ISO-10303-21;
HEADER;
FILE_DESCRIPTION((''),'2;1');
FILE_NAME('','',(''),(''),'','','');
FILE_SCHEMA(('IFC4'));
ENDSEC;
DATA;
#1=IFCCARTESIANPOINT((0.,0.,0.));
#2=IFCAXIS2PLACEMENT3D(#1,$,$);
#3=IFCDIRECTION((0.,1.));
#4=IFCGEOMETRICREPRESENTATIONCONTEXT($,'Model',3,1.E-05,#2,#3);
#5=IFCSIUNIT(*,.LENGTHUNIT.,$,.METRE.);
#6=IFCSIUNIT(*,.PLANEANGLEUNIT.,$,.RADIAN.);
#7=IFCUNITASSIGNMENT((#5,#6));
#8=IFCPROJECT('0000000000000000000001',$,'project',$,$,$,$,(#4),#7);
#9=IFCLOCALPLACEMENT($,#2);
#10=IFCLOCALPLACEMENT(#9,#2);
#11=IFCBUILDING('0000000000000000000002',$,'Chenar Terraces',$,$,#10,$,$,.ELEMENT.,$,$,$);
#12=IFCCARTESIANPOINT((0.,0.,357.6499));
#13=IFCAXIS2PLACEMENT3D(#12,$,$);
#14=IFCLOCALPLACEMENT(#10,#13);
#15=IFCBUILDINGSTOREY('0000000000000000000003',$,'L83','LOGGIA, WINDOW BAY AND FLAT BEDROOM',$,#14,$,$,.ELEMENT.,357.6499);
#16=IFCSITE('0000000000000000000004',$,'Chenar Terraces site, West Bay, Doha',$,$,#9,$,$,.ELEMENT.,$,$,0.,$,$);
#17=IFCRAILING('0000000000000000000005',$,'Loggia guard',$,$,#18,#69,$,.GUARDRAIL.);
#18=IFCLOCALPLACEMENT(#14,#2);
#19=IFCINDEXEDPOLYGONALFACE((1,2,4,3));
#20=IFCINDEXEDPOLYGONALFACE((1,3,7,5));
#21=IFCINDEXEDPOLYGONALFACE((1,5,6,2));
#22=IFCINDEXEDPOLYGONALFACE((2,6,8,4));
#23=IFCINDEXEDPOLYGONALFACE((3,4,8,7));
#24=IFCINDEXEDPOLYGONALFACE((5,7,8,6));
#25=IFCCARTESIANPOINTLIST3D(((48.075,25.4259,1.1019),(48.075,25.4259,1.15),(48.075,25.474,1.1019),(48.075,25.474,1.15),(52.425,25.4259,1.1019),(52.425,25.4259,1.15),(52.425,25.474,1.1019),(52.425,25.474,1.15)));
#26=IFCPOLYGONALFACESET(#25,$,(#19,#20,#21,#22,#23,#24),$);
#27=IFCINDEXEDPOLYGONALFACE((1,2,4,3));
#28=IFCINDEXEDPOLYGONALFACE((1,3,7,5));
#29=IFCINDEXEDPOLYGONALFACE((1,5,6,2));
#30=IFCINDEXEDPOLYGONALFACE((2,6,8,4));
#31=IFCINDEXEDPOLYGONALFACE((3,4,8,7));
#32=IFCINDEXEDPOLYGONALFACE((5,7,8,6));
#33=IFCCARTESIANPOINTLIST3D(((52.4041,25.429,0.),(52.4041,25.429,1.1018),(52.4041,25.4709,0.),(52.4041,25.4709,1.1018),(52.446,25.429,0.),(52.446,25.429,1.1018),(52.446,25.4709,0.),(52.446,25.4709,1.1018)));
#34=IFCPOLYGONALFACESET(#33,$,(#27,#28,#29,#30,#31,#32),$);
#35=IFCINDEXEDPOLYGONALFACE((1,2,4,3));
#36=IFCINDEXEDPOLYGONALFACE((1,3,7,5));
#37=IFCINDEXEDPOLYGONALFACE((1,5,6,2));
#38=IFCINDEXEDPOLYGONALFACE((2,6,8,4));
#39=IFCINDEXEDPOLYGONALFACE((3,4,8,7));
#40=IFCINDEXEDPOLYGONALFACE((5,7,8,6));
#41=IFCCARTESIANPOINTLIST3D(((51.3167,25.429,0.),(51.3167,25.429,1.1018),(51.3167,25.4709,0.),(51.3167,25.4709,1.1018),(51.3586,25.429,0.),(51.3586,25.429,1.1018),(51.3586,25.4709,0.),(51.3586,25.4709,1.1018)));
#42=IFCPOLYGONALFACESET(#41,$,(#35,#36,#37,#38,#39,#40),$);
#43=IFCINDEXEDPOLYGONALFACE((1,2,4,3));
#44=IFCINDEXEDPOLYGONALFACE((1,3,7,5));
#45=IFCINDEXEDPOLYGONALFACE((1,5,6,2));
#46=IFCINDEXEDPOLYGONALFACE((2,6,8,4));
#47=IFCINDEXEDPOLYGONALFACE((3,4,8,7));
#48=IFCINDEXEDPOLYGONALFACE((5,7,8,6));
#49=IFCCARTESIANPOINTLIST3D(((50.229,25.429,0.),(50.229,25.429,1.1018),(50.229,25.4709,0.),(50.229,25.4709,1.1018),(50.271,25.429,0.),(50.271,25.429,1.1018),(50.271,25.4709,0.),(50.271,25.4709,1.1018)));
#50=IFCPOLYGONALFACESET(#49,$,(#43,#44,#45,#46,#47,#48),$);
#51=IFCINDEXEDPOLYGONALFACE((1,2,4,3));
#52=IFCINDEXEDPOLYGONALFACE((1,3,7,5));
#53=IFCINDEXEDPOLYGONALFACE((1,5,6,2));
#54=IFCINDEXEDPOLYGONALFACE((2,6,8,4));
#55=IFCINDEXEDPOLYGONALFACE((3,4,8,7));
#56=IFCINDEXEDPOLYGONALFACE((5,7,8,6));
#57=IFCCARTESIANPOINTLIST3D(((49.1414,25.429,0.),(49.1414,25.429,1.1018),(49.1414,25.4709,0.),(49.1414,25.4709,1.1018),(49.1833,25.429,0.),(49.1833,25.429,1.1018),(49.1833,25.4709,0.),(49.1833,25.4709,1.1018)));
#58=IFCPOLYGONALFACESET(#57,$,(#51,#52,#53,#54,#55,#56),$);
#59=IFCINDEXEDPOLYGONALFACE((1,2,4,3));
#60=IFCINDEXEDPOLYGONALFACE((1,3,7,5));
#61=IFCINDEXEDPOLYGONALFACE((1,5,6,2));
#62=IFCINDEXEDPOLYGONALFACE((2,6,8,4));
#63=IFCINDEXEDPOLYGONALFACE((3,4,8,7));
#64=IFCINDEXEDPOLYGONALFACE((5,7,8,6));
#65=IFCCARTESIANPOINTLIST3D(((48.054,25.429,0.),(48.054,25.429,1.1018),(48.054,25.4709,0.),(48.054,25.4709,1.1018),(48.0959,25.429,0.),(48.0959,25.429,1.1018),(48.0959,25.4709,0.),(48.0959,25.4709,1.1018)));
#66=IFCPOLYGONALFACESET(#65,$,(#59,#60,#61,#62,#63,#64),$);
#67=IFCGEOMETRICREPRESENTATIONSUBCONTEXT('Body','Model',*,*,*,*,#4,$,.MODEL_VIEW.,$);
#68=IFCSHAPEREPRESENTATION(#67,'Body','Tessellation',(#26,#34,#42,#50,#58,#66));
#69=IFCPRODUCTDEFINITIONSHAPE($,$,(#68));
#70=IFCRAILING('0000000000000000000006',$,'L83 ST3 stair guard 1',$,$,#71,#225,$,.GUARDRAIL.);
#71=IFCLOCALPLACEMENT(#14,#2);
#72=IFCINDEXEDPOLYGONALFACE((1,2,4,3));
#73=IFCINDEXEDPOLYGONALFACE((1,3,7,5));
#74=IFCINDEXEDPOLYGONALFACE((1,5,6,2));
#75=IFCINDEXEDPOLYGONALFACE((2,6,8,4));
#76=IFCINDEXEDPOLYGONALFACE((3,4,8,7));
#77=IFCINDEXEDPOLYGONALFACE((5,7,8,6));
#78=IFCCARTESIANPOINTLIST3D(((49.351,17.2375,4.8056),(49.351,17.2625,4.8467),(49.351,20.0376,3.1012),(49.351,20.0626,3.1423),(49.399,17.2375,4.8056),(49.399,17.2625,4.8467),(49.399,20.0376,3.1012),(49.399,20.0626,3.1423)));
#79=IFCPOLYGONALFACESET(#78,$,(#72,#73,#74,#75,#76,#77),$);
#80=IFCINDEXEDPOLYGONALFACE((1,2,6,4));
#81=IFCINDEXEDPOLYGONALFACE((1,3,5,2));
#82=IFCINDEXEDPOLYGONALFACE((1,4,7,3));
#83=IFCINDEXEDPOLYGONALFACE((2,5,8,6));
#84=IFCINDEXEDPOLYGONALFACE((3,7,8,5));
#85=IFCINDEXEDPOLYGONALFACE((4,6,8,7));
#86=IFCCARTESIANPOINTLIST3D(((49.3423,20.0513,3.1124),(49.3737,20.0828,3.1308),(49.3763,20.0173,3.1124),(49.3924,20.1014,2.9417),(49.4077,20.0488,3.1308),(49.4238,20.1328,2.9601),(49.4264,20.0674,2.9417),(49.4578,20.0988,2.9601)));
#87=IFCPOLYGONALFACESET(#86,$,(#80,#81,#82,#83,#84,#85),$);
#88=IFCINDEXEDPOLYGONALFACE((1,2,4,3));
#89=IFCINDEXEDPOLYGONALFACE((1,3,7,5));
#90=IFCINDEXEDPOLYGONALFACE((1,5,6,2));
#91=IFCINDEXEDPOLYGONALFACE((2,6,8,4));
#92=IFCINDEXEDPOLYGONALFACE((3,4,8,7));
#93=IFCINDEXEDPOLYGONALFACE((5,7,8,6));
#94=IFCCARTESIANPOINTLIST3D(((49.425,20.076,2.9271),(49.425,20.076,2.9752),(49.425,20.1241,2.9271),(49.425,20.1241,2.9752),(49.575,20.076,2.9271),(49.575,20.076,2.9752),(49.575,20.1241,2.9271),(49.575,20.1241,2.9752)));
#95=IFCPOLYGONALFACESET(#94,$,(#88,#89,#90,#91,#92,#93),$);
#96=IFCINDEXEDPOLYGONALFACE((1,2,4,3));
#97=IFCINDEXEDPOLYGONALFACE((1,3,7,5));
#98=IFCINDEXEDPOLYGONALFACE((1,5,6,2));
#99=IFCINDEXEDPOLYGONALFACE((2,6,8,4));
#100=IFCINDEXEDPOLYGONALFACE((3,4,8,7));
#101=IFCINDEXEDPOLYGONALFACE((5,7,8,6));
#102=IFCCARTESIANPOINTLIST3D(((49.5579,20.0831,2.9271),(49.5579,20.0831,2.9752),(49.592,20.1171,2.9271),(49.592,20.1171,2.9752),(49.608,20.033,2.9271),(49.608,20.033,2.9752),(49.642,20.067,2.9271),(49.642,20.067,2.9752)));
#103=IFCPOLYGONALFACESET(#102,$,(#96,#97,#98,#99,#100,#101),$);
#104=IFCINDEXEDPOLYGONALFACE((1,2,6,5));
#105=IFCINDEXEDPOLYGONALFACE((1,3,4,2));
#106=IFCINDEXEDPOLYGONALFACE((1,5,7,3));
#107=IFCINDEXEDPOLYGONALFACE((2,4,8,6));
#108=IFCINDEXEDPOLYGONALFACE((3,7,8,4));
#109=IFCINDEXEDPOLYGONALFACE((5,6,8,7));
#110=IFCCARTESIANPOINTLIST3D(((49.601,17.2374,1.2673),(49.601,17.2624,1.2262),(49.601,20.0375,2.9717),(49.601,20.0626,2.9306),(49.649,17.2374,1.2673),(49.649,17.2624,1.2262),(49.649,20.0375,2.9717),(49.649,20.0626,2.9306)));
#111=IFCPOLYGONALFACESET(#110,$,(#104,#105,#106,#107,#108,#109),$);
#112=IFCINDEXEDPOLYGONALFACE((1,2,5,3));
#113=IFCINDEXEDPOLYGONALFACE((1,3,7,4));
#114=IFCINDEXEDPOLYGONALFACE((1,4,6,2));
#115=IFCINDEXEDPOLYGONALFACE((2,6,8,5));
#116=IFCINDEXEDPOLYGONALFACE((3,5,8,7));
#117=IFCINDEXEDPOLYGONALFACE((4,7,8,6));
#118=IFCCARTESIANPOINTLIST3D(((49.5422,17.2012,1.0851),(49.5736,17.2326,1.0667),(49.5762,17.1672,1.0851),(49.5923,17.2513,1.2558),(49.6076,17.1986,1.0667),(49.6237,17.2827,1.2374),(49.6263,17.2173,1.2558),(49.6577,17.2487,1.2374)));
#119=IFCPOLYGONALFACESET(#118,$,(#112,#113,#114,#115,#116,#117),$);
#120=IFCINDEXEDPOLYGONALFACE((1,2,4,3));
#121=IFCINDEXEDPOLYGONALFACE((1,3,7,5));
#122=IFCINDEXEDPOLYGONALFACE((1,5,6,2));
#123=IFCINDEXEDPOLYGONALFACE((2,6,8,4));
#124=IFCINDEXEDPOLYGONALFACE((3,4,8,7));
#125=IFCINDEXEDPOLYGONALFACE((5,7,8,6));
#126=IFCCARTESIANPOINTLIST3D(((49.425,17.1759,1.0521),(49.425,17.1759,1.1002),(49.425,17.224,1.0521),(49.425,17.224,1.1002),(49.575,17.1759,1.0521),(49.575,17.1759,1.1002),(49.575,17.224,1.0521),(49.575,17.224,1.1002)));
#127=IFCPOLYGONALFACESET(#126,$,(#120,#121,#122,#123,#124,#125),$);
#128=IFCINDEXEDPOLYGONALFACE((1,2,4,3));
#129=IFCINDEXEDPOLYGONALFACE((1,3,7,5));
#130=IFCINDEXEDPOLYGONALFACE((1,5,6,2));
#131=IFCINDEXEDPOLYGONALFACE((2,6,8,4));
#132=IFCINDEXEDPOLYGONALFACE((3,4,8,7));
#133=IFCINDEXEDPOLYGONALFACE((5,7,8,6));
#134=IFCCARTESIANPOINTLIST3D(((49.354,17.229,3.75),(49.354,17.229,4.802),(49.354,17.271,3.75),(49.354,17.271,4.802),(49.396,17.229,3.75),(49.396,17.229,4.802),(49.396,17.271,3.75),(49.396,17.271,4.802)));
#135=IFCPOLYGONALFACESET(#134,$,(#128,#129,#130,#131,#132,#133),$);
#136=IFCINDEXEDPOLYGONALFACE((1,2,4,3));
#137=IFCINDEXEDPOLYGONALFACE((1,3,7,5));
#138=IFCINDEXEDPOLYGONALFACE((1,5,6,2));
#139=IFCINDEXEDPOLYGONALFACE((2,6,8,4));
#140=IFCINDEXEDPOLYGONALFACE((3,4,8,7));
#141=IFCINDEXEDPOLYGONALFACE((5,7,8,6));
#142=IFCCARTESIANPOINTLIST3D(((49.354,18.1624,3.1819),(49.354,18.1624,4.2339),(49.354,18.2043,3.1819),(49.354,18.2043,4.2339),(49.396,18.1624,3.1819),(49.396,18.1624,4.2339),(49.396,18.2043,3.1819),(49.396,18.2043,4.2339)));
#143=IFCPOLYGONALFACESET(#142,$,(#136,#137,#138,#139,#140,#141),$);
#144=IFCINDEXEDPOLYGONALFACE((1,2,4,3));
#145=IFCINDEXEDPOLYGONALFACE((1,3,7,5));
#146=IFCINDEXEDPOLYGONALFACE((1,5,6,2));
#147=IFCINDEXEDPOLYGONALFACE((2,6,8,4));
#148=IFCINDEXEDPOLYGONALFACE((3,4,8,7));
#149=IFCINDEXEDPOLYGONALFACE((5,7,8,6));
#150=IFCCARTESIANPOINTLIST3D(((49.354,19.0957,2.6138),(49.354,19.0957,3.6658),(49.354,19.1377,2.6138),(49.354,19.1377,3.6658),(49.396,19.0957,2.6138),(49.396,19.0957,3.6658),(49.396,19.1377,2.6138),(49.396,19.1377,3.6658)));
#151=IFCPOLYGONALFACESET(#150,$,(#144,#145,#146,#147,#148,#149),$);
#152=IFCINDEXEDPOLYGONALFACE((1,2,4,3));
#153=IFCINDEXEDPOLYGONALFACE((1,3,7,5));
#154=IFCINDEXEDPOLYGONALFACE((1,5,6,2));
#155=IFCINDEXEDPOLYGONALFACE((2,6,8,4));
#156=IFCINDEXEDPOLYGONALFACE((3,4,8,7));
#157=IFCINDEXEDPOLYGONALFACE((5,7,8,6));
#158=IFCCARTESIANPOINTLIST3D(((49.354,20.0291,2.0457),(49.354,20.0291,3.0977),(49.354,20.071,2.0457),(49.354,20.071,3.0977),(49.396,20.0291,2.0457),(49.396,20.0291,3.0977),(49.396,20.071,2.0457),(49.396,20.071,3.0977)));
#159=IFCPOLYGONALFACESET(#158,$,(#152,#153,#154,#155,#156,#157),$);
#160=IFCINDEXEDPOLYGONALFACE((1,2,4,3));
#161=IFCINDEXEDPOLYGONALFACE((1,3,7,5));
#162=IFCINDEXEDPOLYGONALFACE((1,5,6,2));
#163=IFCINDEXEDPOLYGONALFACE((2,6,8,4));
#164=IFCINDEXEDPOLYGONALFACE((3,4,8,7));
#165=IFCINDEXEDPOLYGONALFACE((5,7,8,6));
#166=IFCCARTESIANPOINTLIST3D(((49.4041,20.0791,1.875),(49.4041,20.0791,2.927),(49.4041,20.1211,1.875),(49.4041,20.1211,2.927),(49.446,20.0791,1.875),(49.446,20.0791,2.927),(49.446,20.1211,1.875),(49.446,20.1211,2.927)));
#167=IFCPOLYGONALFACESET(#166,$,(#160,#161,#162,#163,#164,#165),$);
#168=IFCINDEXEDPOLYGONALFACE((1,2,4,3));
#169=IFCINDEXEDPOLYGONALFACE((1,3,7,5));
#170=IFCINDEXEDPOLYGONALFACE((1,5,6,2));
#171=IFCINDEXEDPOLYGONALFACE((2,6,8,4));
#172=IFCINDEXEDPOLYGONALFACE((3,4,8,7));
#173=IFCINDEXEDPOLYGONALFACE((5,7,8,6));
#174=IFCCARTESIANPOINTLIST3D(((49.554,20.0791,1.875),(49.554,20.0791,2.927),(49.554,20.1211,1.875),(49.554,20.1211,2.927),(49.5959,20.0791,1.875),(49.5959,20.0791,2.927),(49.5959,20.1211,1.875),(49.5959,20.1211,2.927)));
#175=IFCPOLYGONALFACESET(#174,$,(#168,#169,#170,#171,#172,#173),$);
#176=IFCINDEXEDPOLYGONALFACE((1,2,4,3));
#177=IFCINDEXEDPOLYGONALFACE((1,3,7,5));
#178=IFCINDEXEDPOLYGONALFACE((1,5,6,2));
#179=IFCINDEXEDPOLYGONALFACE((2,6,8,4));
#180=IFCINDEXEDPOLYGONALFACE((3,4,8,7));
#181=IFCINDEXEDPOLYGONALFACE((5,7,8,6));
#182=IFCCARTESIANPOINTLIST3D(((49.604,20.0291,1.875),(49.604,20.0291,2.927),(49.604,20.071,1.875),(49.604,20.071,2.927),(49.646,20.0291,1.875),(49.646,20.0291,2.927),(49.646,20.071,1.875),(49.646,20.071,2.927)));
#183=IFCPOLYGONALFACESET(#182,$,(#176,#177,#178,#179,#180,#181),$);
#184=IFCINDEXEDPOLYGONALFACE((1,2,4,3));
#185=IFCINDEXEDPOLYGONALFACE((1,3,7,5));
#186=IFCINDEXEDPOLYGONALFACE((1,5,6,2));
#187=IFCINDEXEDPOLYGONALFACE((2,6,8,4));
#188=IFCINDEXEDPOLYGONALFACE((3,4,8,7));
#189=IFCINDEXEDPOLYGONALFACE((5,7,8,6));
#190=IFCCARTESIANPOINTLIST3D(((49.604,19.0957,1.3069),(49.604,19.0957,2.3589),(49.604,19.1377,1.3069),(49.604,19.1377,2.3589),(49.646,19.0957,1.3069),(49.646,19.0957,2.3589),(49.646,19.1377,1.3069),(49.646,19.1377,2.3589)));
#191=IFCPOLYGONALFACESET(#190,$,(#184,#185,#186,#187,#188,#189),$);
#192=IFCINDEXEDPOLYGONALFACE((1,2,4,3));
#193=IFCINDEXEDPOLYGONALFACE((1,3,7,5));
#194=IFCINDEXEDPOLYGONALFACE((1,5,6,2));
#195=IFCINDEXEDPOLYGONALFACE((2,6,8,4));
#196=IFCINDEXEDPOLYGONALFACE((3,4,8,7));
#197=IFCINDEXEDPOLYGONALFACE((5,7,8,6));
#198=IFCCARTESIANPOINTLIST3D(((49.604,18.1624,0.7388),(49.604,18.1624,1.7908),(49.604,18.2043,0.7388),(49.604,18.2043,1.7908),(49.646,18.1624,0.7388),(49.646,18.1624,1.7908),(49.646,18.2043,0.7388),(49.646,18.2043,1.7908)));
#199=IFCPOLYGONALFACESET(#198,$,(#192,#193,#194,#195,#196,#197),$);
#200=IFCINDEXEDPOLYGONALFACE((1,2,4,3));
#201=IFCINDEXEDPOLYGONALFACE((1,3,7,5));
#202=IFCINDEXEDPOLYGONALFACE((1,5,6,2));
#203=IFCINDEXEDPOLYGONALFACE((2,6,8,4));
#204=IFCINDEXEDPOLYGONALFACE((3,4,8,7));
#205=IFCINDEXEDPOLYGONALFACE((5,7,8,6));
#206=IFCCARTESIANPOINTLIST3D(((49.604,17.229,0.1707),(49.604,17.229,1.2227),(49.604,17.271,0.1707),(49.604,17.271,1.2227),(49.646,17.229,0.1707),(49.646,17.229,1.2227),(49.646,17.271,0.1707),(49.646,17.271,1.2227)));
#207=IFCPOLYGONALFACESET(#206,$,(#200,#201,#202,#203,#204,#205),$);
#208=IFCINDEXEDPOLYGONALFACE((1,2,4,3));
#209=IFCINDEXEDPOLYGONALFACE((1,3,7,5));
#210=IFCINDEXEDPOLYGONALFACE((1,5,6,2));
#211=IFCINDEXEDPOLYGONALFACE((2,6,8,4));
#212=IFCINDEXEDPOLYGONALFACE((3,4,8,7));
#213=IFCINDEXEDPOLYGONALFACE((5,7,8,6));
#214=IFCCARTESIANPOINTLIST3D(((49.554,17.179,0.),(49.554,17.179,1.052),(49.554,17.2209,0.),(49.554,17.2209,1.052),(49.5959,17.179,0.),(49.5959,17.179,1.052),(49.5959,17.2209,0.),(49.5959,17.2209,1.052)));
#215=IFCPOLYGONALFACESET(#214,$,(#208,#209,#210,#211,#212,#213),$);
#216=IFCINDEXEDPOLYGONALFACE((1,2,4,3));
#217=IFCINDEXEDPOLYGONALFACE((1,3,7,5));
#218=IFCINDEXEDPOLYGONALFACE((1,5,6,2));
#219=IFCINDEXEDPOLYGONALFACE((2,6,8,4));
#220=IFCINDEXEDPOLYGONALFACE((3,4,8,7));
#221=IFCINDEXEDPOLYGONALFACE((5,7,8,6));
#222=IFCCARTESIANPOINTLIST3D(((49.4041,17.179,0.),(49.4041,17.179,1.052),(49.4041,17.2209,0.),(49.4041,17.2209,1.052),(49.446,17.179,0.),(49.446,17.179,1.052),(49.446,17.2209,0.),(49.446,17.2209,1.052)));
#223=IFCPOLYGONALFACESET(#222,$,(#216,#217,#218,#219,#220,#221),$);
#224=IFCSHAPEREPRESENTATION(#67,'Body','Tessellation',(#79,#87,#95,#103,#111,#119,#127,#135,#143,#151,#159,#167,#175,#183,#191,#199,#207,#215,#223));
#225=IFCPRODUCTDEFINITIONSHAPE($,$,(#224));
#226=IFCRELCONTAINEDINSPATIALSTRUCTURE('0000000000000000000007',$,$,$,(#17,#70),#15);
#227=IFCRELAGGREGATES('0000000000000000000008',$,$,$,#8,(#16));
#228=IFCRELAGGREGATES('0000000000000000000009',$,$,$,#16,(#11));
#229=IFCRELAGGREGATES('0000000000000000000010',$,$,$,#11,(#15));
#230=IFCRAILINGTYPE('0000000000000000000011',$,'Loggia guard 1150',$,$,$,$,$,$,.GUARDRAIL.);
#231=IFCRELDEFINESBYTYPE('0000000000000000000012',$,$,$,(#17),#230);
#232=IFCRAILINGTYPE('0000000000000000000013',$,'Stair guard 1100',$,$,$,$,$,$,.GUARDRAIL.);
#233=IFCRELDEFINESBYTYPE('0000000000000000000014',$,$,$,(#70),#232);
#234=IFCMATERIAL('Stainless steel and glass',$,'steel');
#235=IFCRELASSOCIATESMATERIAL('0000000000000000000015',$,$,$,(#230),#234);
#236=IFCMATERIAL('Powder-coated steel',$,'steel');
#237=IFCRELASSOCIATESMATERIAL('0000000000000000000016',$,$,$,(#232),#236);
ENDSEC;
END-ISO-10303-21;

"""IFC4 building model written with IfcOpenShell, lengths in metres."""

from ifc_helpers import new_model, si_unit, direction, frame, origin, origin_2d, place, context, subcontext, project, spatial, rectangle, extrude, material, type_object, element, save


model = new_model("IFC4")

# Units and contexts
model_context = context("Model", 3, precision=1e-05, world=origin(), true_north=direction((0.0, 1.0)))
body_context = subcontext(model_context, "Body", "Model", "MODEL_VIEW")
ifc_project = project(units=[si_unit("LENGTHUNIT", "METRE"), si_unit("PLANEANGLEUNIT", "RADIAN")], contexts=[model_context])

# Site, building, storey
site_placement = place(None, origin())
site = spatial("IfcSite", under=ifc_project, at=site_placement, Name="Chenar Terraces site, West Bay, Doha", CompositionType="ELEMENT", RefElevation=0.0)
building_placement = place(site_placement, origin())
building = spatial("IfcBuilding", under=site, at=building_placement, Name="Chenar Terraces", CompositionType="ELEMENT")
storey_placement = place(building_placement, frame((0.0, 0.0, 357.6499)))
storey = spatial("IfcBuildingStorey", under=building, at=storey_placement, Name="L83", Description="LOGGIA, WINDOW BAY AND FLAT BEDROOM", CompositionType="ELEMENT", Elevation=357.6499)

# Railings
ifc_material_1 = material(Name="Stainless steel and glass", Category="steel")
railing_type_1 = type_object("IfcRailingType", Name="Loggia guard 1150", PredefinedType="GUARDRAIL", material=ifc_material_1)
railing_1_placement = place(storey_placement, frame((52.425, 25.45, 0.0)))
element("IfcRailing", 1, at=railing_1_placement, inside=storey, type_object=railing_type_1, Name="Loggia guard", PredefinedType="GUARDRAIL", context=body_context, shape_type="SweptSolid", body=[
    extrude(rectangle(XDim=0.0481, YDim=0.0481, at=origin_2d()), frame((0.0, 0.0, 1.126), z_axis=(-1.0, 0.0, 0.0), x_axis=(0.0, -1.0, 0.0)), (0.0, 0.0, 1.0), 4.3501),
    extrude(rectangle(XDim=0.042, YDim=0.042, at=origin_2d()), origin(), (0.0, 0.0, 1.0), 1.1018),
    extrude(rectangle(XDim=0.042, YDim=0.042, at=origin_2d()), frame((-1.0874, 0.0, 0.0)), (0.0, 0.0, 1.0), 1.1018),
    extrude(rectangle(XDim=0.042, YDim=0.042, at=origin_2d()), frame((-2.175, 0.0, 0.0)), (0.0, 0.0, 1.0), 1.1018),
    extrude(rectangle(XDim=0.042, YDim=0.042, at=origin_2d()), frame((-3.2627, 0.0, 0.0)), (0.0, 0.0, 1.0), 1.1018),
    extrude(rectangle(XDim=0.042, YDim=0.042, at=origin_2d()), frame((-4.3501, 0.0, 0.0)), (0.0, 0.0, 1.0), 1.1018),
])
ifc_material_2 = material(Name="Powder-coated steel", Category="steel")
railing_type_2 = type_object("IfcRailingType", Name="Stair guard 1100", PredefinedType="GUARDRAIL", material=ifc_material_2)
railing_2_placement = place(storey_placement, frame((49.375, 17.25, 3.75)))
element("IfcRailing", 2, at=railing_2_placement, inside=storey, type_object=railing_type_2, Name="L83 ST3 stair guard 1", PredefinedType="GUARDRAIL", context=body_context, shape_type="SweptSolid", body=[
    extrude(rectangle(XDim=0.0481, YDim=0.0481, at=origin_2d()), frame((0.0, 0.0, 1.0762), z_axis=(0.0, 0.854203, -0.51994), x_axis=(-1.0, 0.0, 0.0)), (0.0, 0.0, 1.0), 3.2781),
    extrude(rectangle(XDim=0.0481, YDim=0.0481, at=origin_2d()), frame((0.0, 2.8, -0.6284), z_axis=(0.2709, 0.2709, -0.923703), x_axis=(-0.707107, 0.707107, 0.0)), (0.0, 0.0, 1.0), 0.1848),
    extrude(rectangle(XDim=0.0481, YDim=0.0481, at=origin_2d()), frame((0.05, 2.8501, -0.7988), z_axis=(1.0, 0.0, 0.0), x_axis=(0.0, 1.0, 0.0)), (0.0, 0.0, 1.0), 0.1499),
    extrude(rectangle(XDim=0.0481, YDim=0.0481, at=origin_2d()), frame((0.2, 2.8501, -0.7988), z_axis=(0.707107, -0.707107, 0.0), x_axis=(0.707107, 0.707107, 0.0)), (0.0, 0.0, 1.0), 0.0708),
    extrude(rectangle(XDim=0.0481, YDim=0.0481, at=origin_2d()), frame((0.25, 2.8, -0.7988), z_axis=(0.0, -0.854203, -0.51994), x_axis=(1.0, 0.0, 0.0)), (0.0, 0.0, 1.0), 3.2781),
    extrude(rectangle(XDim=0.0481, YDim=0.0481, at=origin_2d()), frame((0.25, 0.0, -2.5034), z_axis=(-0.2709, -0.2709, -0.923703), x_axis=(0.707107, -0.707107, 0.0)), (0.0, 0.0, 1.0), 0.1848),
    extrude(rectangle(XDim=0.0481, YDim=0.0481, at=origin_2d()), frame((0.2, -0.05, -2.6738), z_axis=(-1.0, 0.0, 0.0), x_axis=(0.0, -1.0, 0.0)), (0.0, 0.0, 1.0), 0.1499),
    extrude(rectangle(XDim=0.042, YDim=0.042, at=origin_2d()), origin(), (0.0, 0.0, 1.0), 1.052),
    extrude(rectangle(XDim=0.042, YDim=0.042, at=origin_2d()), frame((0.0, 0.9333, -0.5681)), (0.0, 0.0, 1.0), 1.052),
    extrude(rectangle(XDim=0.042, YDim=0.042, at=origin_2d()), frame((0.0, 1.8667, -1.1362)), (0.0, 0.0, 1.0), 1.052),
    extrude(rectangle(XDim=0.042, YDim=0.042, at=origin_2d()), frame((0.0, 2.8, -1.7043)), (0.0, 0.0, 1.0), 1.052),
    extrude(rectangle(XDim=0.042, YDim=0.042, at=origin_2d()), frame((0.05, 2.8501, -1.875)), (0.0, 0.0, 1.0), 1.052),
    extrude(rectangle(XDim=0.042, YDim=0.042, at=origin_2d()), frame((0.2, 2.8501, -1.875)), (0.0, 0.0, 1.0), 1.052),
    extrude(rectangle(XDim=0.042, YDim=0.042, at=origin_2d()), frame((0.25, 2.8, -1.875)), (0.0, 0.0, 1.0), 1.052),
    extrude(rectangle(XDim=0.042, YDim=0.042, at=origin_2d()), frame((0.25, 1.8667, -2.4431)), (0.0, 0.0, 1.0), 1.052),
    extrude(rectangle(XDim=0.042, YDim=0.042, at=origin_2d()), frame((0.25, 0.9333, -3.0112)), (0.0, 0.0, 1.0), 1.052),
    extrude(rectangle(XDim=0.042, YDim=0.042, at=origin_2d()), frame((0.25, 0.0, -3.5793)), (0.0, 0.0, 1.0), 1.052),
    extrude(rectangle(XDim=0.042, YDim=0.042, at=origin_2d()), frame((0.2, -0.05, -3.75)), (0.0, 0.0, 1.0), 1.052),
    extrude(rectangle(XDim=0.042, YDim=0.042, at=origin_2d()), frame((0.05, -0.05, -3.75)), (0.0, 0.0, 1.0), 1.052),
])

save(model, "model.ifc")
